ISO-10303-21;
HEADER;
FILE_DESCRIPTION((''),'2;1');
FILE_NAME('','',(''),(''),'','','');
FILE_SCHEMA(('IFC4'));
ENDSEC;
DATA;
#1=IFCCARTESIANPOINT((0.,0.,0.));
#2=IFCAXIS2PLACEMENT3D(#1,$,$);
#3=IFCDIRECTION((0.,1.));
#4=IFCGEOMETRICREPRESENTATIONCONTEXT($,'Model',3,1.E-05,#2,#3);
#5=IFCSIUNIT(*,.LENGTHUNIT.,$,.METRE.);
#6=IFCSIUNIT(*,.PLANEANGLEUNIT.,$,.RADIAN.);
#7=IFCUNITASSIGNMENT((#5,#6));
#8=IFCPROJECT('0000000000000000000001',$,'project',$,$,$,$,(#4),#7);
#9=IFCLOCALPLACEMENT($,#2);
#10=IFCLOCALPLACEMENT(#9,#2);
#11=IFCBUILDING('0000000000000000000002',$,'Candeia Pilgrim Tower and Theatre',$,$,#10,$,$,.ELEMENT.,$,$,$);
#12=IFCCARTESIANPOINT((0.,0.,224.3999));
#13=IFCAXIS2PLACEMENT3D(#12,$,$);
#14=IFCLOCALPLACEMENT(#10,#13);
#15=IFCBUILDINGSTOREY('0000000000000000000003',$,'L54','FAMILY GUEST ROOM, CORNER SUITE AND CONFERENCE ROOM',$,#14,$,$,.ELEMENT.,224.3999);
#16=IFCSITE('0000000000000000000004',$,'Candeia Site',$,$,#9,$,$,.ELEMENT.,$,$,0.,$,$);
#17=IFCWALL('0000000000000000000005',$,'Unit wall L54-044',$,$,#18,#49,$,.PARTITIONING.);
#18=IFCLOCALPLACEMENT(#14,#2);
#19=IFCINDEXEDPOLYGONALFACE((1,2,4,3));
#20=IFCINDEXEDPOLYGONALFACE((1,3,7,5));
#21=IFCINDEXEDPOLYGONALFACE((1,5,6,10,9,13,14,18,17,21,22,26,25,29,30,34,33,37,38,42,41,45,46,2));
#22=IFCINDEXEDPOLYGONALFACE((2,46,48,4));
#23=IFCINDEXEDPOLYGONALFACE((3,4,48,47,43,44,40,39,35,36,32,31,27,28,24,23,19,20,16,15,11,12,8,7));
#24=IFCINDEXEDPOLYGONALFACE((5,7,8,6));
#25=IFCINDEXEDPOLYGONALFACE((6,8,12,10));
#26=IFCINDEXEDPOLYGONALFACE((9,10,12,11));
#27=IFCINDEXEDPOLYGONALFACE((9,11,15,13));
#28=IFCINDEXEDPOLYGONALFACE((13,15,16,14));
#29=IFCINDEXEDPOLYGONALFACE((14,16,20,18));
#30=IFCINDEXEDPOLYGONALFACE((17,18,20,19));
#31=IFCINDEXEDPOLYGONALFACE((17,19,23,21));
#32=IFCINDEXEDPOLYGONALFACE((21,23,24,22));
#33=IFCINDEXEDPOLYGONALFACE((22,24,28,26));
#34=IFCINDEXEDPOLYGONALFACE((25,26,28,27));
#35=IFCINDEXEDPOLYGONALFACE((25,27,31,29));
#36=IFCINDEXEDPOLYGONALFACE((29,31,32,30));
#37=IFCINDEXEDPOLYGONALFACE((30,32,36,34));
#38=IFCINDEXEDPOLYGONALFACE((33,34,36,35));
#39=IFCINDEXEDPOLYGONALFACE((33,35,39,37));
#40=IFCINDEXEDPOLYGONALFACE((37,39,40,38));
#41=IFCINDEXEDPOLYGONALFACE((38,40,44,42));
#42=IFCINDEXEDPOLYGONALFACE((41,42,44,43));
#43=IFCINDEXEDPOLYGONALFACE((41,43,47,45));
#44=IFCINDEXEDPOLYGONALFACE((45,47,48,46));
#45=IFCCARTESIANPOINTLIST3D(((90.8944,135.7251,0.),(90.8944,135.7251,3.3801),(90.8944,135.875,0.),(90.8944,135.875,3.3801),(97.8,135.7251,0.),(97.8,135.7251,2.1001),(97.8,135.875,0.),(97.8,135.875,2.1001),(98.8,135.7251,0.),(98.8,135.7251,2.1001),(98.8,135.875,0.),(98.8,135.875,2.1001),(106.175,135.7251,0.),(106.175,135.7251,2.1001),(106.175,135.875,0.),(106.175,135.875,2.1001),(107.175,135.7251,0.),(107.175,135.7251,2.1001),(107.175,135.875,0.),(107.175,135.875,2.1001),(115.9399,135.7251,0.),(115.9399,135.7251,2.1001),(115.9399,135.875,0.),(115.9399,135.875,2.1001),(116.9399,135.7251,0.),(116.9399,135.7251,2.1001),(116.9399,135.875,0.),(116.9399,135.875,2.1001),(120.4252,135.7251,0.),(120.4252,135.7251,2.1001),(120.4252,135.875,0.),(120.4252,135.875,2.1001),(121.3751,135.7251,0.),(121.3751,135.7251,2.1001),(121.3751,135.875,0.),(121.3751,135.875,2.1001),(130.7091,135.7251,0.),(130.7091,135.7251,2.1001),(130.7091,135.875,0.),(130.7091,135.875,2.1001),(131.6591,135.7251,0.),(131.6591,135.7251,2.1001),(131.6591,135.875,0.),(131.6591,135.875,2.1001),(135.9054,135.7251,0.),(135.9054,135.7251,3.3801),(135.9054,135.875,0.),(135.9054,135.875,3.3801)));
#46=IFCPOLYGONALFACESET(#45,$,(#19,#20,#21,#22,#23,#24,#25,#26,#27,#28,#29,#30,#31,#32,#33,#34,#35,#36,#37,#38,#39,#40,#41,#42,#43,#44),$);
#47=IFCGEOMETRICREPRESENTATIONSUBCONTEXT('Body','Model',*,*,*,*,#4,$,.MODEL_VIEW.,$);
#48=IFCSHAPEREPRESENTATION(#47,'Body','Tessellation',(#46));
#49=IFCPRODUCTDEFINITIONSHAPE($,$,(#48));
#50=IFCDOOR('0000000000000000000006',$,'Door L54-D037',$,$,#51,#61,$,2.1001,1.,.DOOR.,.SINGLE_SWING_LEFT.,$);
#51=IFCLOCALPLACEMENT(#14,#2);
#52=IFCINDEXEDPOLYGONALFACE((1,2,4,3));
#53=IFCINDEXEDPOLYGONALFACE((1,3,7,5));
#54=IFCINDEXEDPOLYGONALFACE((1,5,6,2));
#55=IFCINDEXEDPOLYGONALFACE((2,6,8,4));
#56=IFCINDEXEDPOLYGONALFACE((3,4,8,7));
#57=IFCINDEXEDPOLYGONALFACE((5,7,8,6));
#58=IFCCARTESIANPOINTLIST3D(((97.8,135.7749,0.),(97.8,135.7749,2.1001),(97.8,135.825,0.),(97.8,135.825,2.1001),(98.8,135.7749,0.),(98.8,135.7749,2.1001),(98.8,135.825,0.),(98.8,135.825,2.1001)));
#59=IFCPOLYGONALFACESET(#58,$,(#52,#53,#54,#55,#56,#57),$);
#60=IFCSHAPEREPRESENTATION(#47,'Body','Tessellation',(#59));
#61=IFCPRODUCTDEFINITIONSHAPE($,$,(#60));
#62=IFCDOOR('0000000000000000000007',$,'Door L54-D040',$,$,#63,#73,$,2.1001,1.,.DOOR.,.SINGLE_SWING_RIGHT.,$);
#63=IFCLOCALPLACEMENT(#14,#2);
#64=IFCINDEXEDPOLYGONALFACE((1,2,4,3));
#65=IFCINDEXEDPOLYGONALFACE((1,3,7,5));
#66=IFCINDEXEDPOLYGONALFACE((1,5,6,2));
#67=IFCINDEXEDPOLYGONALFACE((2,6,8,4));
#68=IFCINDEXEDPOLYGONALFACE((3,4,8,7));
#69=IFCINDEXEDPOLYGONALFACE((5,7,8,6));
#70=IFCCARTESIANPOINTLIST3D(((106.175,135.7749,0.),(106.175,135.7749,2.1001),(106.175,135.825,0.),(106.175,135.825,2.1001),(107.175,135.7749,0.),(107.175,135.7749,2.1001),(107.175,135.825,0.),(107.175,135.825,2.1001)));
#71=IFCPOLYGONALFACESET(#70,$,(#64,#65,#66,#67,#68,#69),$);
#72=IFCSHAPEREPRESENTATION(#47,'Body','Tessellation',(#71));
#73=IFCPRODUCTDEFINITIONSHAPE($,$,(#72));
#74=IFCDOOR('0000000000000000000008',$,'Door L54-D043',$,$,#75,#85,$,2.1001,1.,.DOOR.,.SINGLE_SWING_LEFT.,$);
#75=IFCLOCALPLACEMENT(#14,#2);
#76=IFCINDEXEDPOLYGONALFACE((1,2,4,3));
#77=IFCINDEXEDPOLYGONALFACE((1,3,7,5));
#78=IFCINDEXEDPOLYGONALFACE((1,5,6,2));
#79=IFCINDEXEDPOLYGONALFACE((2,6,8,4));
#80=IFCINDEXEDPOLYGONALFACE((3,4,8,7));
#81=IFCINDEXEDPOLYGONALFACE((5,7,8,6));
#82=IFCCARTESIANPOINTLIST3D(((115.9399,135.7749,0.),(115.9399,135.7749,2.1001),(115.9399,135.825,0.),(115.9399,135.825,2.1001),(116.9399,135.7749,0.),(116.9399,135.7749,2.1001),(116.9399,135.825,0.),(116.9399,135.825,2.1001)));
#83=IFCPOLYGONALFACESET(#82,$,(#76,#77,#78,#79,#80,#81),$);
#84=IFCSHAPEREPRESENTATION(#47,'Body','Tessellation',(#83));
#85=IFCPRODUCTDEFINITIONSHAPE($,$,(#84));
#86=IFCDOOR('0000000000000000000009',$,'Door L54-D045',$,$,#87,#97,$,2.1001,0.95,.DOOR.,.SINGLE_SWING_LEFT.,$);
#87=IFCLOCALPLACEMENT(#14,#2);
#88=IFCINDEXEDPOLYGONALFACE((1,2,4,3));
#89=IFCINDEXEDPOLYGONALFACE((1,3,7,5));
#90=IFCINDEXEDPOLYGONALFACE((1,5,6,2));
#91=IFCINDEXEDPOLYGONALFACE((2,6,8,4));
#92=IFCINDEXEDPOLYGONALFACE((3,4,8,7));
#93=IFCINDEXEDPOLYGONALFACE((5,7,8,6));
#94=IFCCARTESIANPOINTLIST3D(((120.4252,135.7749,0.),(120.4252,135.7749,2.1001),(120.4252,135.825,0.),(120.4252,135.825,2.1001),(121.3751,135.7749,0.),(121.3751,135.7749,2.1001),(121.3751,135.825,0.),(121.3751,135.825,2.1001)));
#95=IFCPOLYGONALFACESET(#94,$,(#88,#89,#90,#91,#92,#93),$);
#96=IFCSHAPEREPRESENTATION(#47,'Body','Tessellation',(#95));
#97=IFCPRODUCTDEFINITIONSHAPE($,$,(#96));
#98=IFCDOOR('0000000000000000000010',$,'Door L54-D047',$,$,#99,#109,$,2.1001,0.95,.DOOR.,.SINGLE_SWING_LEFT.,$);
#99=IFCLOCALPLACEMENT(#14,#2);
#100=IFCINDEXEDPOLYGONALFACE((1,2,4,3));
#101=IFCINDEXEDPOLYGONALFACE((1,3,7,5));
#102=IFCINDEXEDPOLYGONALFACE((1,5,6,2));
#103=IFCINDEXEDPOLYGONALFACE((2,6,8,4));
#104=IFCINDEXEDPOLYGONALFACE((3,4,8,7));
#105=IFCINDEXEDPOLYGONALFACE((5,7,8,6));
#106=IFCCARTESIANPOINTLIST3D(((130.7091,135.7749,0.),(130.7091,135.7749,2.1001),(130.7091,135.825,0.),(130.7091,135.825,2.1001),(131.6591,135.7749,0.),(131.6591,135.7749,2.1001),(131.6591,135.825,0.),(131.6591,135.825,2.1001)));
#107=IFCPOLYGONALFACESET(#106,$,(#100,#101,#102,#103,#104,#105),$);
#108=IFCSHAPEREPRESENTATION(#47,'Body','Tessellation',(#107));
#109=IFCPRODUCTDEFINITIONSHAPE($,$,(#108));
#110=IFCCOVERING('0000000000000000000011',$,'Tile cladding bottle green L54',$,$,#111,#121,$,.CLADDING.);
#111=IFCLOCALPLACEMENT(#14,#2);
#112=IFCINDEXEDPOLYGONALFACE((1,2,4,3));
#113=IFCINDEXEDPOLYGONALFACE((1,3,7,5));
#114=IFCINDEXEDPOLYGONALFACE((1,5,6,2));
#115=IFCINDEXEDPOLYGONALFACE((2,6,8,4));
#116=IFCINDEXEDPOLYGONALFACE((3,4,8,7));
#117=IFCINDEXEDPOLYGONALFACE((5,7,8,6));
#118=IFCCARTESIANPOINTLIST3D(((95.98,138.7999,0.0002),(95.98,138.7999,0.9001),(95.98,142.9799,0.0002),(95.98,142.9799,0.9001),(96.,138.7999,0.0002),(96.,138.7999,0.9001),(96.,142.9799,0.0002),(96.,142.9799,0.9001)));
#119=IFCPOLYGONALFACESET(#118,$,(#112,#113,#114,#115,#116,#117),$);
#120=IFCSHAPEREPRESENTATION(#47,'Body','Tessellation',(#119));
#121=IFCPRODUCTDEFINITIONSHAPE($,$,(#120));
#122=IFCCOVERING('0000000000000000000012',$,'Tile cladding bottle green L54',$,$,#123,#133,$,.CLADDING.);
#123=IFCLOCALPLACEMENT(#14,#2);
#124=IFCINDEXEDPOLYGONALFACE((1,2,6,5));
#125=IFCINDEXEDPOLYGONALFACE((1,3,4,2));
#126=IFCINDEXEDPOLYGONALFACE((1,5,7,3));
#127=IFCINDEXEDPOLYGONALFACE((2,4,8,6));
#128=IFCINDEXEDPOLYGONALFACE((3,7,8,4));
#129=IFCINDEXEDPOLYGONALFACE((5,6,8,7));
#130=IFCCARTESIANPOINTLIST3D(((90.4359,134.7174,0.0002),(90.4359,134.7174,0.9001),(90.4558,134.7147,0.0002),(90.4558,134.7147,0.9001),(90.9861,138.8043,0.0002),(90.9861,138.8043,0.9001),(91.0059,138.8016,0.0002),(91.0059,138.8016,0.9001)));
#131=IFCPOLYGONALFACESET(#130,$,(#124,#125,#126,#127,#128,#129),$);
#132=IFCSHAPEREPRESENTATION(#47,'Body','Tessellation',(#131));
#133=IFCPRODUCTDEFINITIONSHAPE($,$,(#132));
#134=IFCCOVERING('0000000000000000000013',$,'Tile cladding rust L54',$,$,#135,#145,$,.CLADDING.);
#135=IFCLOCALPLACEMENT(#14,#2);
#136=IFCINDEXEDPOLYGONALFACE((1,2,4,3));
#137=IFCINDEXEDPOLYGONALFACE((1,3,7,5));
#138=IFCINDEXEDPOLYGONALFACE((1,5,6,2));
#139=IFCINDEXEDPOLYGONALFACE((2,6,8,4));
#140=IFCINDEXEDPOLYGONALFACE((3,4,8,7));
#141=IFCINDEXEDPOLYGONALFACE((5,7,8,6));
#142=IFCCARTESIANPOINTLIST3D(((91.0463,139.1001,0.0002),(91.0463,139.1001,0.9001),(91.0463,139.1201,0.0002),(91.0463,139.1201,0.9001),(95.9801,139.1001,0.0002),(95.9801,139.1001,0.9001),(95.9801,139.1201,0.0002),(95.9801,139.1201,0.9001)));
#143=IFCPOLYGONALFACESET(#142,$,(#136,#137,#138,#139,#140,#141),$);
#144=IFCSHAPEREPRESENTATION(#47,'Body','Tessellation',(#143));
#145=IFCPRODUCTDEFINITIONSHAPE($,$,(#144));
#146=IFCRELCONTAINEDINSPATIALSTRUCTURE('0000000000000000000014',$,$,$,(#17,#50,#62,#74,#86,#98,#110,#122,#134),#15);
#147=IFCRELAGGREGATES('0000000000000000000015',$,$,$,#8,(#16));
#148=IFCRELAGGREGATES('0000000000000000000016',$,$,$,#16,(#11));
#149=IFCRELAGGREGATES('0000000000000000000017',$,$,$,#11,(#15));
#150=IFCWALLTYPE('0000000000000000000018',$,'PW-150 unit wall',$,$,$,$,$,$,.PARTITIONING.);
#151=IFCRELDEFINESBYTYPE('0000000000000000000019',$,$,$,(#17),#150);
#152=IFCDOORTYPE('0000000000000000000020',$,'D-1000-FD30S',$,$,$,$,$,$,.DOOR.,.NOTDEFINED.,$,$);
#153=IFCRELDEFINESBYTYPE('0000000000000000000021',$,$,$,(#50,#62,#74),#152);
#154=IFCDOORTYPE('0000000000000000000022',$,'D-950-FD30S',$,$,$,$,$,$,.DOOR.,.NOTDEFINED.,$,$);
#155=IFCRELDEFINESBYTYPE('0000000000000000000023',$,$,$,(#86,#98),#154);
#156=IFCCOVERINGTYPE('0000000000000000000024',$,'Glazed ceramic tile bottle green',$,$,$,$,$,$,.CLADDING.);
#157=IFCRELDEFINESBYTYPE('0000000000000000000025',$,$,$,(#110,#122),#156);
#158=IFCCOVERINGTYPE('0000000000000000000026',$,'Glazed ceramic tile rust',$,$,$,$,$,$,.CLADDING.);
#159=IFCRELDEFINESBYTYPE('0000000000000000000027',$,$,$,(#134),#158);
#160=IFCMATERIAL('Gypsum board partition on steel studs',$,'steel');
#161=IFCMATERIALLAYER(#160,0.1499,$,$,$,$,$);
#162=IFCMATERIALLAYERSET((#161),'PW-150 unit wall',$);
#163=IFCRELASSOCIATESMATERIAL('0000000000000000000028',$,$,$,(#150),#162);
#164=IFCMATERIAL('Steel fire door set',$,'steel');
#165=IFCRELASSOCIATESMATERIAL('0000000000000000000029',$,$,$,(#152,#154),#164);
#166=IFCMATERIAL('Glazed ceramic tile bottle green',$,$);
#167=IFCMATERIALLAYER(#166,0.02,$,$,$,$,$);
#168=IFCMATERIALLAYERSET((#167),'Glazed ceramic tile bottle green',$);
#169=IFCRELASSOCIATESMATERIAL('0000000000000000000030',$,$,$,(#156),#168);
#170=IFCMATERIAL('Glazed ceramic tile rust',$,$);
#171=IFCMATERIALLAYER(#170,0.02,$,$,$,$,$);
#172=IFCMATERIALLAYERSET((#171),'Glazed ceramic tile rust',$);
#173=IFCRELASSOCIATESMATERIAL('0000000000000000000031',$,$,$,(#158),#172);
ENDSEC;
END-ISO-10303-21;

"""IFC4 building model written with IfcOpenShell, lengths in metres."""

from ifc_helpers import new_model, si_unit, direction, frame, frame_2d, origin, origin_2d, place, context, subcontext, project, spatial, rectangle, extrude, material, layer, layer_set, type_object, element, fill, save


model = new_model("IFC4")

# Units and contexts
model_context = context("Model", 3, precision=1e-05, world=origin(), true_north=direction((0.0, 1.0)))
body_context = subcontext(model_context, "Body", "Model", "MODEL_VIEW")
ifc_project = project(units=[si_unit("LENGTHUNIT", "METRE"), si_unit("PLANEANGLEUNIT", "RADIAN")], contexts=[model_context])

# Site, building, storey
site_placement = place(None, origin())
site = spatial("IfcSite", under=ifc_project, at=site_placement, Name="Candeia Site", CompositionType="ELEMENT", RefElevation=0.0)
building_placement = place(site_placement, origin())
building = spatial("IfcBuilding", under=site, at=building_placement, Name="Candeia Pilgrim Tower and Theatre", CompositionType="ELEMENT")
storey_placement = place(building_placement, frame((0.0, 0.0, 224.3999)))
storey = spatial("IfcBuildingStorey", under=building, at=storey_placement, Name="L54", Description="FAMILY GUEST ROOM, CORNER SUITE AND CONFERENCE ROOM", CompositionType="ELEMENT", Elevation=224.3999)

# Shared definitions
ifc_material_1 = material(Name="Gypsum board partition on steel studs", Category="steel")

# Wall, openings, doors
ifc_layer_1 = layer(ifc_material_1, 0.1499)
ifc_layer_set_1 = layer_set([ifc_layer_1], Name="PW-150 unit wall")
wall_type_1 = type_object("IfcWallType", Name="PW-150 unit wall", PredefinedType="PARTITIONING", material=ifc_layer_set_1)
wall_1_placement = place(storey_placement, frame((90.8945, 135.8, 0.0), z_axis=(0.0, 0.0, 1.0), x_axis=(1.0, 0.0, 0.0)))
wall_1 = element("IfcWall", 1, at=wall_1_placement, inside=storey, type_object=wall_type_1, Name="Unit wall L54-044", PredefinedType="PARTITIONING", context=body_context, shape_type="SweptSolid", body=[
    extrude(rectangle(XDim=45.011, YDim=0.1499, at=frame_2d((22.5054, 0.0))), origin(), (0.0, 0.0, 1.0), 3.3801),
])
opening_1_placement = place(wall_1_placement, frame((6.9055, 0.0, 0.0)))
opening_1 = element("IfcOpeningElement", 2, at=opening_1_placement, cuts=wall_1, PredefinedType="OPENING", context=body_context, shape_type="SweptSolid", body=[
    extrude(rectangle(XDim=1.0, YDim=2.1001, at=frame_2d((0.5, 1.05))), frame((0.0, 0.085, 0.0), z_axis=(0.0, -1.0, 0.0), x_axis=(1.0, 0.0, 0.0)), (0.0, 0.0, 1.0), 0.1699),
])
opening_2_placement = place(wall_1_placement, frame((15.2805, 0.0, 0.0)))
opening_2 = element("IfcOpeningElement", 3, at=opening_2_placement, cuts=wall_1, PredefinedType="OPENING", context=body_context, shape_type="SweptSolid", body=[
    extrude(rectangle(XDim=1.0, YDim=2.1001, at=frame_2d((0.5, 1.05))), frame((0.0, 0.085, 0.0), z_axis=(0.0, -1.0, 0.0), x_axis=(1.0, 0.0, 0.0)), (0.0, 0.0, 1.0), 0.1699),
])
opening_3_placement = place(wall_1_placement, frame((25.0454, 0.0, 0.0)))
opening_3 = element("IfcOpeningElement", 4, at=opening_3_placement, cuts=wall_1, PredefinedType="OPENING", context=body_context, shape_type="SweptSolid", body=[
    extrude(rectangle(XDim=1.0, YDim=2.1001, at=frame_2d((0.5, 1.05))), frame((0.0, 0.085, 0.0), z_axis=(0.0, -1.0, 0.0), x_axis=(1.0, 0.0, 0.0)), (0.0, 0.0, 1.0), 0.1699),
])
opening_4_placement = place(wall_1_placement, frame((29.5305, 0.0, 0.0)))
opening_4 = element("IfcOpeningElement", 5, at=opening_4_placement, cuts=wall_1, PredefinedType="OPENING", context=body_context, shape_type="SweptSolid", body=[
    extrude(rectangle(XDim=0.95, YDim=2.1001, at=frame_2d((0.4751, 1.05))), frame((0.0, 0.085, 0.0), z_axis=(0.0, -1.0, 0.0), x_axis=(1.0, 0.0, 0.0)), (0.0, 0.0, 1.0), 0.1699),
])
opening_5_placement = place(wall_1_placement, frame((39.8145, 0.0, 0.0)))
opening_5 = element("IfcOpeningElement", 6, at=opening_5_placement, cuts=wall_1, PredefinedType="OPENING", context=body_context, shape_type="SweptSolid", body=[
    extrude(rectangle(XDim=0.95, YDim=2.1001, at=frame_2d((0.4751, 1.05))), frame((0.0, 0.085, 0.0), z_axis=(0.0, -1.0, 0.0), x_axis=(1.0, 0.0, 0.0)), (0.0, 0.0, 1.0), 0.1699),
])
ifc_material_2 = material(Name="Steel fire door set", Category="steel")
door_type_1 = type_object("IfcDoorType", Name="D-1000-FD30S", OperationType="NOTDEFINED", PredefinedType="DOOR", material=ifc_material_2)
door_1_placement = place(opening_1_placement, origin())
door_1 = element("IfcDoor", 7, at=door_1_placement, inside=storey, type_object=door_type_1, Name="Door L54-D037", OperationType="SINGLE_SWING_LEFT", OverallHeight=2.1001, OverallWidth=1.0, PredefinedType="DOOR", context=body_context, shape_type="SweptSolid", body=[
    extrude(rectangle(XDim=1.0, YDim=2.1001, at=frame_2d((0.5, 1.05))), frame((0.0, 0.0249, 0.0), z_axis=(0.0, -1.0, 0.0), x_axis=(1.0, 0.0, 0.0)), (0.0, 0.0, 1.0), 0.05),
])
fill(opening_1, door_1)
door_2_placement = place(opening_2_placement, origin())
door_2 = element("IfcDoor", 8, at=door_2_placement, inside=storey, type_object=door_type_1, Name="Door L54-D040", OperationType="SINGLE_SWING_RIGHT", OverallHeight=2.1001, OverallWidth=1.0, PredefinedType="DOOR", context=body_context, shape_type="SweptSolid", body=[
    extrude(rectangle(XDim=1.0, YDim=2.1001, at=frame_2d((0.5, 1.05))), frame((0.0, 0.0249, 0.0), z_axis=(0.0, -1.0, 0.0), x_axis=(1.0, 0.0, 0.0)), (0.0, 0.0, 1.0), 0.05),
])
fill(opening_2, door_2)
door_3_placement = place(opening_3_placement, origin())
door_3 = element("IfcDoor", 9, at=door_3_placement, inside=storey, type_object=door_type_1, Name="Door L54-D043", OperationType="SINGLE_SWING_LEFT", OverallHeight=2.1001, OverallWidth=1.0, PredefinedType="DOOR", context=body_context, shape_type="SweptSolid", body=[
    extrude(rectangle(XDim=1.0, YDim=2.1001, at=frame_2d((0.5, 1.05))), frame((0.0, 0.0249, 0.0), z_axis=(0.0, -1.0, 0.0), x_axis=(1.0, 0.0, 0.0)), (0.0, 0.0, 1.0), 0.05),
])
fill(opening_3, door_3)
door_type_2 = type_object("IfcDoorType", Name="D-950-FD30S", OperationType="NOTDEFINED", PredefinedType="DOOR", material=ifc_material_2)
door_4_placement = place(opening_4_placement, origin())
door_4 = element("IfcDoor", 10, at=door_4_placement, inside=storey, type_object=door_type_2, Name="Door L54-D045", OperationType="SINGLE_SWING_LEFT", OverallHeight=2.1001, OverallWidth=0.95, PredefinedType="DOOR", context=body_context, shape_type="SweptSolid", body=[
    extrude(rectangle(XDim=0.95, YDim=2.1001, at=frame_2d((0.4751, 1.05))), frame((0.0, 0.0249, 0.0), z_axis=(0.0, -1.0, 0.0), x_axis=(1.0, 0.0, 0.0)), (0.0, 0.0, 1.0), 0.05),
])
fill(opening_4, door_4)
door_5_placement = place(opening_5_placement, origin())
door_5 = element("IfcDoor", 11, at=door_5_placement, inside=storey, type_object=door_type_2, Name="Door L54-D047", OperationType="SINGLE_SWING_LEFT", OverallHeight=2.1001, OverallWidth=0.95, PredefinedType="DOOR", context=body_context, shape_type="SweptSolid", body=[
    extrude(rectangle(XDim=0.95, YDim=2.1001, at=frame_2d((0.4751, 1.05))), frame((0.0, 0.0249, 0.0), z_axis=(0.0, -1.0, 0.0), x_axis=(1.0, 0.0, 0.0)), (0.0, 0.0, 1.0), 0.05),
])
fill(opening_5, door_5)

# Coverings
ifc_material_3 = material(Name="Glazed ceramic tile bottle green")
ifc_layer_2 = layer(ifc_material_3, 0.02)
ifc_layer_set_2 = layer_set([ifc_layer_2], Name="Glazed ceramic tile bottle green")
covering_type_1 = type_object("IfcCoveringType", Name="Glazed ceramic tile bottle green", PredefinedType="CLADDING", material=ifc_layer_set_2)
covering_1_placement = place(storey_placement, frame((95.99, 140.8899, 0.0002), z_axis=(0.0, 0.0, 1.0), x_axis=(0.0, -1.0, 0.0)))
element("IfcCovering", 12, at=covering_1_placement, inside=storey, type_object=covering_type_1, Name="Tile cladding bottle green L54", PredefinedType="CLADDING", context=body_context, shape_type="SweptSolid", body=[
    extrude(rectangle(XDim=4.1799, YDim=0.02, at=origin_2d()), origin(), (0.0, 0.0, 1.0), 0.8999),
])
covering_2_placement = place(storey_placement, frame((90.7209, 136.7595, 0.0002), z_axis=(0.0, 0.0, 1.0), x_axis=(-0.133412, -0.991061, 0.0)))
element("IfcCovering", 13, at=covering_2_placement, inside=storey, type_object=covering_type_1, Name="Tile cladding bottle green L54", PredefinedType="CLADDING", context=body_context, shape_type="SweptSolid", body=[
    extrude(rectangle(XDim=4.1238, YDim=0.02, at=origin_2d()), origin(), (0.0, 0.0, 1.0), 0.8999),
])
ifc_material_4 = material(Name="Glazed ceramic tile rust")
ifc_layer_3 = layer(ifc_material_4, 0.02)
ifc_layer_set_3 = layer_set([ifc_layer_3], Name="Glazed ceramic tile rust")
covering_type_2 = type_object("IfcCoveringType", Name="Glazed ceramic tile rust", PredefinedType="CLADDING", material=ifc_layer_set_3)
covering_3_placement = place(storey_placement, frame((93.5132, 139.1101, 0.0002), z_axis=(0.0, 0.0, 1.0), x_axis=(-1.0, 0.0, 0.0)))
element("IfcCovering", 14, at=covering_3_placement, inside=storey, type_object=covering_type_2, Name="Tile cladding rust L54", PredefinedType="CLADDING", context=body_context, shape_type="SweptSolid", body=[
    extrude(rectangle(XDim=4.9338, YDim=0.02, at=origin_2d()), origin(), (0.0, 0.0, 1.0), 0.8999),
])

save(model, "model.ifc")
